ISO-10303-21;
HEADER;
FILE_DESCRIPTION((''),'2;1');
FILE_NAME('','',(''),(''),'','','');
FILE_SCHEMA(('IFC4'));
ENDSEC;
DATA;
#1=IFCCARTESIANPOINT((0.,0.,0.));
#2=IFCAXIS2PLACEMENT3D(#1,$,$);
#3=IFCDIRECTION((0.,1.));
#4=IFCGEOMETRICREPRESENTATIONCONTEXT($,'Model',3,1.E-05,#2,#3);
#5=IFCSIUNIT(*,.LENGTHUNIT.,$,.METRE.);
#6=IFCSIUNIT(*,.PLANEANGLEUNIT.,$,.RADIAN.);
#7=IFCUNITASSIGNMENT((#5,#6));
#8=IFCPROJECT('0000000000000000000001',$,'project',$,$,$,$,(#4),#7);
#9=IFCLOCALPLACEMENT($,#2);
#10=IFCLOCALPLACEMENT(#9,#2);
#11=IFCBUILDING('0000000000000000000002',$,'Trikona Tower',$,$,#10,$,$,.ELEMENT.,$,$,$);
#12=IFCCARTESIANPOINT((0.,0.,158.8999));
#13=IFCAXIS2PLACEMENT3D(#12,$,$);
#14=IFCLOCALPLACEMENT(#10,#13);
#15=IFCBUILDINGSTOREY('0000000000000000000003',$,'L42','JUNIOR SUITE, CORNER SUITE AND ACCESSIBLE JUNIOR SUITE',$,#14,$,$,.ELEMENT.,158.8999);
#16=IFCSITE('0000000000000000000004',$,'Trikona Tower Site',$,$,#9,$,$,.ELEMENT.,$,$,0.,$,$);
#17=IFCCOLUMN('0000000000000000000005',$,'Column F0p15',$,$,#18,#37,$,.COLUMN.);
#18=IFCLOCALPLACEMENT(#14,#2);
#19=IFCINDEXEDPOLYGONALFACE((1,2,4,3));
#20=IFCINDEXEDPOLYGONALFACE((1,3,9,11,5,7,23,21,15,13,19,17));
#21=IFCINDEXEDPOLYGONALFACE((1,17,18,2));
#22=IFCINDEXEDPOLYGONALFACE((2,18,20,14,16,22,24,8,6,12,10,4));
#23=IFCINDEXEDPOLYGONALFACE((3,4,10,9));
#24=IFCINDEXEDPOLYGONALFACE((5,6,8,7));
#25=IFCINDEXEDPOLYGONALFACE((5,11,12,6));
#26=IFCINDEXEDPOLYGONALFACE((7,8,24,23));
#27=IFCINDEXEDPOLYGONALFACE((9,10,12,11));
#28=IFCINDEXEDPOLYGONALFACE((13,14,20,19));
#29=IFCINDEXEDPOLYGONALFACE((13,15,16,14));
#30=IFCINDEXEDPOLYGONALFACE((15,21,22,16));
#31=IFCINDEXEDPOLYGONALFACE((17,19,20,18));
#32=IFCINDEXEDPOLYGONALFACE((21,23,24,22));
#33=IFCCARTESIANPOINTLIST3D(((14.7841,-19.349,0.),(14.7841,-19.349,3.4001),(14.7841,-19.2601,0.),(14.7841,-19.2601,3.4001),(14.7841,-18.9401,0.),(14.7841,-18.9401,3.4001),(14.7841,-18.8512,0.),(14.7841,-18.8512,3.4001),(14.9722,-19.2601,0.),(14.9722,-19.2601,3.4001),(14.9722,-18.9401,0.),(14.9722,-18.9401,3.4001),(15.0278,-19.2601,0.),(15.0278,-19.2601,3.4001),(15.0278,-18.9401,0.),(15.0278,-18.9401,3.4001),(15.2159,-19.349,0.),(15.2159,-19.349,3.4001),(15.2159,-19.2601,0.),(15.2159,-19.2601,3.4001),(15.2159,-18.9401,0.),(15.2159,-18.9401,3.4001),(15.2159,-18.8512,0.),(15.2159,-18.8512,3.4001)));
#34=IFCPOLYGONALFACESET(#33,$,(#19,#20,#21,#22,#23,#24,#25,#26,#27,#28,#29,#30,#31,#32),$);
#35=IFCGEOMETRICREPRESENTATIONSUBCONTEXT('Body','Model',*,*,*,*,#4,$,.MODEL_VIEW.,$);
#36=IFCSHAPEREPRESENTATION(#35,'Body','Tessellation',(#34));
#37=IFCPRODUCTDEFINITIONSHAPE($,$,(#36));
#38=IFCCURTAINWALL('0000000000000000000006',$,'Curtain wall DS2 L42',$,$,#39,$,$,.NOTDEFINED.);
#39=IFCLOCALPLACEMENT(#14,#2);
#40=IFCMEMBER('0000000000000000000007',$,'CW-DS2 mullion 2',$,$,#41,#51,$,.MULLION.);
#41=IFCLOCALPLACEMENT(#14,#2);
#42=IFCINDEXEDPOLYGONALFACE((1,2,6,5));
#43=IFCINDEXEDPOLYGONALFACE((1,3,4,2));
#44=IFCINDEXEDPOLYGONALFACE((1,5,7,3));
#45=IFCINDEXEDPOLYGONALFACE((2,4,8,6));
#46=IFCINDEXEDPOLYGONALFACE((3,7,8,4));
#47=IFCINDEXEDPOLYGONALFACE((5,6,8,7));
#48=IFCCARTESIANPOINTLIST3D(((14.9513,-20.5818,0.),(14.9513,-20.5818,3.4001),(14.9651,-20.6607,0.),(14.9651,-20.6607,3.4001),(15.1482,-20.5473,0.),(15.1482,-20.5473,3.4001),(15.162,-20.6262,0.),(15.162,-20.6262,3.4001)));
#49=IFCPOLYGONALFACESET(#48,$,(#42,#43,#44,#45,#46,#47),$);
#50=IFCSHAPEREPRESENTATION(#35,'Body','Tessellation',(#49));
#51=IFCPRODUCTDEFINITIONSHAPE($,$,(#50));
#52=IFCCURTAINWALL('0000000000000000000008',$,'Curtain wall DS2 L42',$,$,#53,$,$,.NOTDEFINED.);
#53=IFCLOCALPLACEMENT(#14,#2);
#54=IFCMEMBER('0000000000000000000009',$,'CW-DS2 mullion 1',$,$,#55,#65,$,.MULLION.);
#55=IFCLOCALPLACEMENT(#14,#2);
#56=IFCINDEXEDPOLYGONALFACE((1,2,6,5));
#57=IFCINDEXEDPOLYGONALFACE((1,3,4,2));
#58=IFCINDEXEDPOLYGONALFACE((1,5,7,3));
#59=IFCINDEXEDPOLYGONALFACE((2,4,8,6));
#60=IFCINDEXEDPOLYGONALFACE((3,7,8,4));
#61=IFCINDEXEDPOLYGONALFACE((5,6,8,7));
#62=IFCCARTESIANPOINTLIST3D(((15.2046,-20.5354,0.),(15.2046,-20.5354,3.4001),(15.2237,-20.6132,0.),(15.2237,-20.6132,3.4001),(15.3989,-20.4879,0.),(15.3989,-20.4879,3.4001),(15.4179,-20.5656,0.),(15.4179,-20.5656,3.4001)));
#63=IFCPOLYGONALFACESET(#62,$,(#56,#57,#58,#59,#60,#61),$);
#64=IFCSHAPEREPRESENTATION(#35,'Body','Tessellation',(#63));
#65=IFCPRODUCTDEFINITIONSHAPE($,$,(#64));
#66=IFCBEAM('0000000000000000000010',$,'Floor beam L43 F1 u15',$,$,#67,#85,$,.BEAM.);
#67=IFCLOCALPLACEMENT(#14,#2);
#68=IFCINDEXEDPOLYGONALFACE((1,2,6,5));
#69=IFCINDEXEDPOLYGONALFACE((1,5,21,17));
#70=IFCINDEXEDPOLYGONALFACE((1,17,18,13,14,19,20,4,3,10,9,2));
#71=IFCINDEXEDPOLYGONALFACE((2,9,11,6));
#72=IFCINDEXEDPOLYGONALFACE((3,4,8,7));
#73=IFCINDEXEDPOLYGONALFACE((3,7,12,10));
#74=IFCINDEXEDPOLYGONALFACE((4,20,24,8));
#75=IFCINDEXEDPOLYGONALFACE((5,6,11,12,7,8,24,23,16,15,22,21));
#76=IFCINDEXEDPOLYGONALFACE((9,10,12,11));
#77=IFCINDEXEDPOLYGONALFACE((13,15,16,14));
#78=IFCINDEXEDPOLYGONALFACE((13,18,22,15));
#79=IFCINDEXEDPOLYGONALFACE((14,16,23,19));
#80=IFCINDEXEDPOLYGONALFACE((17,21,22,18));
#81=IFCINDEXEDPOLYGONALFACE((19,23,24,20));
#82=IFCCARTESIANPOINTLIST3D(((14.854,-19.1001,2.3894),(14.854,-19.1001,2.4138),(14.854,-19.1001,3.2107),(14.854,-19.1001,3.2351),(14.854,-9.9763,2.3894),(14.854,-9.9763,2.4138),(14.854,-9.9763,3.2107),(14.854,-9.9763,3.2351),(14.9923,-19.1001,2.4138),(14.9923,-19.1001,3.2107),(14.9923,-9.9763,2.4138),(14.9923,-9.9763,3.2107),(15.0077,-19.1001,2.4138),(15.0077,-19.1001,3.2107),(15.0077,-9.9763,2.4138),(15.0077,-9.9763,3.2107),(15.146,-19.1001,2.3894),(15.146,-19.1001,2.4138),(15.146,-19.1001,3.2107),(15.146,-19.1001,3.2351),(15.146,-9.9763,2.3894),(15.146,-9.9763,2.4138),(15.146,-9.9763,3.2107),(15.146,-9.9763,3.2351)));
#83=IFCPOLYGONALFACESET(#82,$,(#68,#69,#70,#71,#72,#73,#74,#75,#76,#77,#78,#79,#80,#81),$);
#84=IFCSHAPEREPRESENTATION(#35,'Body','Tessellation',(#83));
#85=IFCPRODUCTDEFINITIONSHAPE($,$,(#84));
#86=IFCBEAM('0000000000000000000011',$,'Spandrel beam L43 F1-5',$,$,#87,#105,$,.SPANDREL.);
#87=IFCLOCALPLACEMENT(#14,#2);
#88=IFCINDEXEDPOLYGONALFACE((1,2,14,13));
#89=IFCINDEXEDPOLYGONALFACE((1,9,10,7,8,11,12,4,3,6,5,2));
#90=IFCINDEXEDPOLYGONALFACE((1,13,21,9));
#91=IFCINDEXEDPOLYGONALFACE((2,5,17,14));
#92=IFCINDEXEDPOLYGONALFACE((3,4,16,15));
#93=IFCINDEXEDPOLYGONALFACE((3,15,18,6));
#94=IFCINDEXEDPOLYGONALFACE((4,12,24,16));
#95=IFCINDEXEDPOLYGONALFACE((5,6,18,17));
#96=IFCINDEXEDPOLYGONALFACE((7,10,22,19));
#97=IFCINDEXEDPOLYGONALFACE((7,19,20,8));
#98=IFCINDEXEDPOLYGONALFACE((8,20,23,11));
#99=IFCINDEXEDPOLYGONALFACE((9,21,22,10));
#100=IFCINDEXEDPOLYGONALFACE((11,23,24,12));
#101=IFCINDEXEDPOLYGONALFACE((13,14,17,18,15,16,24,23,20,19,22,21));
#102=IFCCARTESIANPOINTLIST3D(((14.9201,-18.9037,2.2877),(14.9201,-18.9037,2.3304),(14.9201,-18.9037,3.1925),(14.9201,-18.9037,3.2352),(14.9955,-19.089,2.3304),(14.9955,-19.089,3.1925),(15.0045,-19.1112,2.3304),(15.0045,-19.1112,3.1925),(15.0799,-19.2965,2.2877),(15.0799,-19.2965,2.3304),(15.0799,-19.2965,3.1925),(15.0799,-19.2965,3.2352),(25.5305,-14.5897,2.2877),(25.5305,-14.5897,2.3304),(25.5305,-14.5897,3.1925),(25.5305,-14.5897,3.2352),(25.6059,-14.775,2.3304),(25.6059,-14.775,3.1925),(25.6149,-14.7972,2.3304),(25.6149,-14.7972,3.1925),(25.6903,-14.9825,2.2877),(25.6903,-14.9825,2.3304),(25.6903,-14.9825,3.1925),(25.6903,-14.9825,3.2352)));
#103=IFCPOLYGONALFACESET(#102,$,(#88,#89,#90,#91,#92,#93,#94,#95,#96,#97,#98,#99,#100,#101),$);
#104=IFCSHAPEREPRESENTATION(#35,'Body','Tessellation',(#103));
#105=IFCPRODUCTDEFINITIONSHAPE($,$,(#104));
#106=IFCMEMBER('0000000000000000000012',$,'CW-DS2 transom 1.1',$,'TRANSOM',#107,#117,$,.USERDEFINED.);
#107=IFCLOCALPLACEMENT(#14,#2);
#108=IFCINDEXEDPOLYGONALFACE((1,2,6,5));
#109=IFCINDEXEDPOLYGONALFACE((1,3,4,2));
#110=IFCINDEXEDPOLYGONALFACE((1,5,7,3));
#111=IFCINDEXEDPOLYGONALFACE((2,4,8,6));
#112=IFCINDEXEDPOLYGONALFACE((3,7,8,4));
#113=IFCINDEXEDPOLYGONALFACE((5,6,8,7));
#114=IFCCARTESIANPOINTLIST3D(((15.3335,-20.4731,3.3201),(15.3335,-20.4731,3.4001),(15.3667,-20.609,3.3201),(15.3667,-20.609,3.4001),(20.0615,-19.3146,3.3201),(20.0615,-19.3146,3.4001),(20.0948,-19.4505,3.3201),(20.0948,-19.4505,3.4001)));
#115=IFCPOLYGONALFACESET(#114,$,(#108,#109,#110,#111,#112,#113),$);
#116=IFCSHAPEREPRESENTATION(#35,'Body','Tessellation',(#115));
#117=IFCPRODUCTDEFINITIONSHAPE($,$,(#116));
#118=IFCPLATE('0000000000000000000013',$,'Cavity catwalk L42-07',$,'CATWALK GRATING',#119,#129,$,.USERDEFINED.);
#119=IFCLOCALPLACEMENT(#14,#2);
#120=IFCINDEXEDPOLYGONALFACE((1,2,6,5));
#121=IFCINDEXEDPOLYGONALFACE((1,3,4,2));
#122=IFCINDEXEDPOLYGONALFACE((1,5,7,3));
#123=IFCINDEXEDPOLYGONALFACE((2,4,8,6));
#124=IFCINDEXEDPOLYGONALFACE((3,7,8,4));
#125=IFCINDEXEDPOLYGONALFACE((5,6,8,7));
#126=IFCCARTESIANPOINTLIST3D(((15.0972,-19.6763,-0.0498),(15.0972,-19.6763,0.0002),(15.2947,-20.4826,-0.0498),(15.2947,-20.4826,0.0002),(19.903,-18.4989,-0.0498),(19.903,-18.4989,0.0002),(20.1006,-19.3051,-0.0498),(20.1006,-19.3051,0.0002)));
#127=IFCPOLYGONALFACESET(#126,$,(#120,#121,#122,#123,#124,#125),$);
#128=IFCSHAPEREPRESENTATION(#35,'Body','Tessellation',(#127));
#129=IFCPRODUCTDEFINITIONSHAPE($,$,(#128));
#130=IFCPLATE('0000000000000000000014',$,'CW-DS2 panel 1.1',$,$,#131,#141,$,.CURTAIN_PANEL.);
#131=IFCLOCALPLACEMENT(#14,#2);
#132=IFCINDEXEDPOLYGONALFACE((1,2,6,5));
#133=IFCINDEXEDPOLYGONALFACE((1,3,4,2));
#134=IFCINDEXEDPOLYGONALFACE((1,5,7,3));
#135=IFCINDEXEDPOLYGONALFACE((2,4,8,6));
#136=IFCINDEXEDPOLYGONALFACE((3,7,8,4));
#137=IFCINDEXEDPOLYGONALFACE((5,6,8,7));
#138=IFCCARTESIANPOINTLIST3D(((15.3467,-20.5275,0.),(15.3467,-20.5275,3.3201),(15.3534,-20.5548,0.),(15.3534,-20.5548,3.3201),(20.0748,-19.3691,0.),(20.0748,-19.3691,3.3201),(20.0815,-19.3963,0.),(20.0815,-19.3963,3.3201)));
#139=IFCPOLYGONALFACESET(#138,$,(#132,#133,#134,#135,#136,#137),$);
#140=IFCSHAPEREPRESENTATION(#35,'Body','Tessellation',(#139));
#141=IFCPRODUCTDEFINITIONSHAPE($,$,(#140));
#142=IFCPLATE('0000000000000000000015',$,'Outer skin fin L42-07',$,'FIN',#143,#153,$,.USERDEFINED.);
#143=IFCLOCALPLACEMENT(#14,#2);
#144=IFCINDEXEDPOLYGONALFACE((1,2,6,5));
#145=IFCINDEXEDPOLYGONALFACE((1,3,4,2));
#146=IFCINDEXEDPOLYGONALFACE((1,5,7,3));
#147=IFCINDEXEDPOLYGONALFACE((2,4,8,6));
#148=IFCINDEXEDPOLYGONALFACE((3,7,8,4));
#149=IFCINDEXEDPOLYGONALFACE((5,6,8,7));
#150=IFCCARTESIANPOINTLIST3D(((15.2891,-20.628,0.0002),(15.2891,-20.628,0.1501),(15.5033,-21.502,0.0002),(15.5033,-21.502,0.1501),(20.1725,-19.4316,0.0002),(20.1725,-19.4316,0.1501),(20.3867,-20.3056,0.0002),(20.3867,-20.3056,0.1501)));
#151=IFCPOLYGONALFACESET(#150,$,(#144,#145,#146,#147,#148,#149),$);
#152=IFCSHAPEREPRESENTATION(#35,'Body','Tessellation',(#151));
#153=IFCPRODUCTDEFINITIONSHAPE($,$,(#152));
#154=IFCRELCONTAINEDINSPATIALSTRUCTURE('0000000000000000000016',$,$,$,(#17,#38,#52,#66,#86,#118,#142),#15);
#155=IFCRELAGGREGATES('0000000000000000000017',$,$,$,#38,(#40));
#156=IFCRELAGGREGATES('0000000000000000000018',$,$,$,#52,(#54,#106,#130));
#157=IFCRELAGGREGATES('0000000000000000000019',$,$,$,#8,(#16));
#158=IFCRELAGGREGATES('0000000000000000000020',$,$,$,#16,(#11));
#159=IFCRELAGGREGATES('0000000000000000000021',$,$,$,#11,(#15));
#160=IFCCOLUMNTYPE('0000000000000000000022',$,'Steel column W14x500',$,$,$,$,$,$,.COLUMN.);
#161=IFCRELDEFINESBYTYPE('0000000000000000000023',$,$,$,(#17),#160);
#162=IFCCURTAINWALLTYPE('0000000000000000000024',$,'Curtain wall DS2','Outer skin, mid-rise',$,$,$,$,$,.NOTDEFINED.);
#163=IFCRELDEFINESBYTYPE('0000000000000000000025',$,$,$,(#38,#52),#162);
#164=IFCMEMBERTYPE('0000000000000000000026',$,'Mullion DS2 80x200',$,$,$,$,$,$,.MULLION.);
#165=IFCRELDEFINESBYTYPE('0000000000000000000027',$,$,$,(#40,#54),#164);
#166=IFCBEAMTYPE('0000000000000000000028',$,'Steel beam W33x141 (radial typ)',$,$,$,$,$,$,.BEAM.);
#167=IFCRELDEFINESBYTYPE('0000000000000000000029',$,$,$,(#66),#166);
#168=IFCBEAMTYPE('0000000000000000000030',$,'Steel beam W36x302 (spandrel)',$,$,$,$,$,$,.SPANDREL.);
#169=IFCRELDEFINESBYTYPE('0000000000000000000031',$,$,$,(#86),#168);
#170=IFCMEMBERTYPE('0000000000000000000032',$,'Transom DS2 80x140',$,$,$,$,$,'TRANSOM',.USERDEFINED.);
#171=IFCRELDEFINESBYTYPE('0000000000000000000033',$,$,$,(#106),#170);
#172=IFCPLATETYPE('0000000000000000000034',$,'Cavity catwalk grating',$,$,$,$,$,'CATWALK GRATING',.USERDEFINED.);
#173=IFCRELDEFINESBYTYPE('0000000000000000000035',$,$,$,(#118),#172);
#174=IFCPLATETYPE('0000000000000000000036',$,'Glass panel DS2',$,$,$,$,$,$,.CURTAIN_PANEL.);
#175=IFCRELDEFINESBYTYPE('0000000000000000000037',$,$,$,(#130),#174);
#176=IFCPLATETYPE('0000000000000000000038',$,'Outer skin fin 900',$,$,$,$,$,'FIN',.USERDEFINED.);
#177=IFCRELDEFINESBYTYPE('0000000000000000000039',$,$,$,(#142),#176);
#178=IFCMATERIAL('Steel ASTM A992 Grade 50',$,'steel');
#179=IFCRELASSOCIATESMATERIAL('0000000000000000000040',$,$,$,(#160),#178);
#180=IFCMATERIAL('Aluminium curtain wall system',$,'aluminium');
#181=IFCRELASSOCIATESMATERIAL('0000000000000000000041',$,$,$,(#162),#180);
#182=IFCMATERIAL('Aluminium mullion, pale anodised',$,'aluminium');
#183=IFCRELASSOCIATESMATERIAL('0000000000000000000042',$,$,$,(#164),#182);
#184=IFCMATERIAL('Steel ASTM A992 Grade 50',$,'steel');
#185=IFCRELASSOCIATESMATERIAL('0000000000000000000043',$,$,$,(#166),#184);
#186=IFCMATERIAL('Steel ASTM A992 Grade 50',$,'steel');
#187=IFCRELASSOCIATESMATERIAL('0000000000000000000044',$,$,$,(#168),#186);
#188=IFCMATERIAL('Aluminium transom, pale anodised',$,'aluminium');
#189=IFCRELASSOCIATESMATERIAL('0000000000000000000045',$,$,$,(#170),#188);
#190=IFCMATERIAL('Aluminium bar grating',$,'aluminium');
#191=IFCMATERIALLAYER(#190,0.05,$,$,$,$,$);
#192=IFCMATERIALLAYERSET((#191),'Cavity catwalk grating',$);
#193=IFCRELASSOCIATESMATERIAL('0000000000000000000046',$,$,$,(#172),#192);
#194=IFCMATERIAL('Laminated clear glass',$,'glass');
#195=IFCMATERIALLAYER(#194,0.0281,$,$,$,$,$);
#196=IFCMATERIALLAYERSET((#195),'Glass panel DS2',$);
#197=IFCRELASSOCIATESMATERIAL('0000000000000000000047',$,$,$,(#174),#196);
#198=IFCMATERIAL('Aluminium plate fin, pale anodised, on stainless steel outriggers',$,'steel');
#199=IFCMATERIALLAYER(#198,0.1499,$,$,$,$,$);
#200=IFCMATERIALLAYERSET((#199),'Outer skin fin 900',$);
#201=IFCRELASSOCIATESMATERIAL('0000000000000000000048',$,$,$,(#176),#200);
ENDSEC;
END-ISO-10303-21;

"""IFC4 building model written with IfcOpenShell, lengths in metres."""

from ifc_helpers import new_model, si_unit, direction, frame, origin, origin_2d, place, context, subcontext, project, spatial, rectangle, i_section, extrude, material, layer, layer_set, material_profile, profile_set, type_object, element, aggregate, save


model = new_model("IFC4")

# Units and contexts
model_context = context("Model", 3, precision=1e-05, world=origin(), true_north=direction((0.0, 1.0)))
body_context = subcontext(model_context, "Body", "Model", "MODEL_VIEW")
ifc_project = project(units=[si_unit("LENGTHUNIT", "METRE"), si_unit("PLANEANGLEUNIT", "RADIAN")], contexts=[model_context])

# Site, building, storey
site_placement = place(None, origin())
site = spatial("IfcSite", under=ifc_project, at=site_placement, Name="Trikona Tower Site", CompositionType="ELEMENT", RefElevation=0.0)
building_placement = place(site_placement, origin())
building = spatial("IfcBuilding", under=site, at=building_placement, Name="Trikona Tower", CompositionType="ELEMENT")
storey_placement = place(building_placement, frame((0.0, 0.0, 158.8999)))
storey = spatial("IfcBuildingStorey", under=building, at=storey_placement, Name="L42", Description="JUNIOR SUITE, CORNER SUITE AND ACCESSIBLE JUNIOR SUITE", CompositionType="ELEMENT", Elevation=158.8999)

# Column
ifc_material_1 = material(Name="Steel ASTM A992 Grade 50", Category="steel")
ifc_material_profile_1 = material_profile(ifc_material_1, i_section(OverallWidth=0.4319, OverallDepth=0.4978, WebThickness=0.0557, FlangeThickness=0.0889, at=origin_2d()), Name="W14X500")
ifc_profile_set_1 = profile_set([ifc_material_profile_1], Name="Steel ASTM A992 Grade 50")
column_type = type_object("IfcColumnType", Name="Steel column W14x500", PredefinedType="COLUMN", material=ifc_profile_set_1)
column_placement = place(storey_placement, frame((15.0, -19.1001, 0.0), z_axis=(0.0, 0.0, 1.0), x_axis=(1.0, 0.0, 0.0)))
element("IfcColumn", 1, at=column_placement, inside=storey, type_object=column_type, Name="Column F0p15", PredefinedType="COLUMN", context=body_context, shape_type="SweptSolid", body=[
    extrude(i_section(OverallWidth=0.4319, OverallDepth=0.4978, WebThickness=0.0557, FlangeThickness=0.0889, at=origin_2d()), origin(), (0.0, 0.0, 1.0), 3.4001),
])

# Curtain walls, members
ifc_material_2 = material(Name="Aluminium curtain wall system", Category="aluminium")
curtain_wall_type = type_object("IfcCurtainWallType", Name="Curtain wall DS2", Description="Outer skin, mid-rise", PredefinedType="NOTDEFINED", material=ifc_material_2)
curtain_wall_1_placement = place(storey_placement, origin())
curtain_wall_1 = element("IfcCurtainWall", 2, at=curtain_wall_1_placement, inside=storey, type_object=curtain_wall_type, Name="Curtain wall DS2 L42", PredefinedType="NOTDEFINED")
ifc_material_3 = material(Name="Aluminium mullion, pale anodised", Category="aluminium")
ifc_material_profile_2 = material_profile(ifc_material_3, rectangle(XDim=0.0801, YDim=0.2, at=origin_2d()), Name="MUL-DS2")
ifc_profile_set_2 = profile_set([ifc_material_profile_2], Name="Aluminium mullion, pale anodised")
member_type_1 = type_object("IfcMemberType", Name="Mullion DS2 80x200", PredefinedType="MULLION", material=ifc_profile_set_2)
member_1_placement = place(storey_placement, frame((15.0566, -20.604, 0.0), z_axis=(0.0, 0.0, 1.0), x_axis=(-0.172377, 0.985031, 0.0)))
member_1 = element("IfcMember", 3, at=member_1_placement, type_object=member_type_1, Name="CW-DS2 mullion 2", PredefinedType="MULLION", context=body_context, shape_type="SweptSolid", body=[
    extrude(rectangle(XDim=0.0801, YDim=0.2, at=origin_2d()), origin(), (0.0, 0.0, 1.0), 3.4001),
])
aggregate(curtain_wall_1, [member_1])
curtain_wall_2_placement = place(storey_placement, origin())
curtain_wall_2 = element("IfcCurtainWall", 4, at=curtain_wall_2_placement, inside=storey, type_object=curtain_wall_type, Name="Curtain wall DS2 L42", PredefinedType="NOTDEFINED")
member_2_placement = place(storey_placement, frame((15.3113, -20.5505, 0.0), z_axis=(0.0, 0.0, 1.0), x_axis=(-0.23797, 0.971272, 0.0)))
member_2 = element("IfcMember", 5, at=member_2_placement, type_object=member_type_1, Name="CW-DS2 mullion 1", PredefinedType="MULLION", context=body_context, shape_type="SweptSolid", body=[
    extrude(rectangle(XDim=0.0801, YDim=0.2, at=origin_2d()), origin(), (0.0, 0.0, 1.0), 3.4001),
])

# Beams
ifc_material_4 = material(Name="Steel ASTM A992 Grade 50", Category="steel")
ifc_material_profile_3 = material_profile(ifc_material_4, i_section(OverallWidth=0.292, OverallDepth=0.8457, WebThickness=0.0154, FlangeThickness=0.0244, at=origin_2d()), Name="W33X141")
ifc_profile_set_3 = profile_set([ifc_material_profile_3], Name="Steel ASTM A992 Grade 50")
beam_type_1 = type_object("IfcBeamType", Name="Steel beam W33x141 (radial typ)", PredefinedType="BEAM", material=ifc_profile_set_3)
beam_1_placement = place(storey_placement, frame((15.0, -9.9763, 2.8123), z_axis=(0.0, -1.0, 0.0), x_axis=(1.0, 0.0, 0.0)))
element("IfcBeam", 6, at=beam_1_placement, inside=storey, type_object=beam_type_1, Name="Floor beam L43 F1 u15", PredefinedType="BEAM", context=body_context, shape_type="SweptSolid", body=[
    extrude(i_section(OverallWidth=0.292, OverallDepth=0.8457, WebThickness=0.0154, FlangeThickness=0.0244, at=origin_2d()), origin(), (0.0, 0.0, 1.0), 9.1238),
])
ifc_material_5 = material(Name="Steel ASTM A992 Grade 50", Category="steel")
ifc_material_profile_4 = material_profile(ifc_material_5, i_section(OverallWidth=0.4241, OverallDepth=0.9475, WebThickness=0.0239, FlangeThickness=0.0427, at=origin_2d()), Name="W36X302")
ifc_profile_set_4 = profile_set([ifc_material_profile_4], Name="Steel ASTM A992 Grade 50")
beam_type_2 = type_object("IfcBeamType", Name="Steel beam W36x302 (spandrel)", PredefinedType="SPANDREL", material=ifc_profile_set_4)
beam_2_placement = place(storey_placement, frame((15.0, -19.1001, 2.7615), z_axis=(0.92636, 0.37664, 0.0), x_axis=(-0.37664, 0.92636, 0.0)))
element("IfcBeam", 7, at=beam_2_placement, inside=storey, type_object=beam_type_2, Name="Spandrel beam L43 F1-5", PredefinedType="SPANDREL", context=body_context, shape_type="SweptSolid", body=[
    extrude(i_section(OverallWidth=0.4241, OverallDepth=0.9475, WebThickness=0.0239, FlangeThickness=0.0427, at=origin_2d()), origin(), (0.0, 0.0, 1.0), 11.4539),
])

# Member
ifc_material_6 = material(Name="Aluminium transom, pale anodised", Category="aluminium")
ifc_material_profile_5 = material_profile(ifc_material_6, rectangle(XDim=0.1399, YDim=0.0801, at=origin_2d()), Name="TRN-DS2")
ifc_profile_set_5 = profile_set([ifc_material_profile_5], Name="Aluminium transom, pale anodised")
member_type_2 = type_object("IfcMemberType", Name="Transom DS2 80x140", ElementType="TRANSOM", PredefinedType="USERDEFINED", material=ifc_profile_set_5)
member_3_placement = place(storey_placement, frame((15.3501, -20.541, 3.3601), z_axis=(0.971271, 0.237978, 0.0), x_axis=(-0.237978, 0.971271, 0.0)))
member_3 = element("IfcMember", 8, at=member_3_placement, type_object=member_type_2, Name="CW-DS2 transom 1.1", ObjectType="TRANSOM", PredefinedType="USERDEFINED", context=body_context, shape_type="SweptSolid", body=[
    extrude(rectangle(XDim=0.1399, YDim=0.0801, at=origin_2d()), origin(), (0.0, 0.0, 1.0), 4.8679),
])

# Plates
ifc_material_7 = material(Name="Aluminium bar grating", Category="aluminium")
ifc_layer_1 = layer(ifc_material_7, 0.05)
ifc_layer_set_1 = layer_set([ifc_layer_1], Name="Cavity catwalk grating")
plate_type_1 = type_object("IfcPlateType", Name="Cavity catwalk grating", ElementType="CATWALK GRATING", PredefinedType="USERDEFINED", material=ifc_layer_set_1)
plate_1_placement = place(storey_placement, frame((17.5989, -19.4907, -0.0498), z_axis=(0.0, 0.0, 1.0), x_axis=(0.971274, 0.237962, 0.0)))
element("IfcPlate", 9, at=plate_1_placement, inside=storey, type_object=plate_type_1, Name="Cavity catwalk L42-07", ObjectType="CATWALK GRATING", PredefinedType="USERDEFINED", context=body_context, shape_type="SweptSolid", body=[
    extrude(rectangle(XDim=4.948, YDim=0.8301, at=origin_2d()), origin(), (0.0, 0.0, 1.0), 0.05),
])
ifc_material_8 = material(Name="Laminated clear glass", Category="glass")
ifc_layer_2 = layer(ifc_material_8, 0.0281)
ifc_layer_set_2 = layer_set([ifc_layer_2], Name="Glass panel DS2")
plate_type_2 = type_object("IfcPlateType", Name="Glass panel DS2", PredefinedType="CURTAIN_PANEL", material=ifc_layer_set_2)
plate_2_placement = place(storey_placement, frame((17.7141, -19.9619, 0.0), z_axis=(0.0, 0.0, 1.0), x_axis=(0.971272, 0.23797, 0.0)))
plate_2 = element("IfcPlate", 10, at=plate_2_placement, type_object=plate_type_2, Name="CW-DS2 panel 1.1", PredefinedType="CURTAIN_PANEL", context=body_context, shape_type="SweptSolid", body=[
    extrude(rectangle(XDim=4.8679, YDim=0.0281, at=origin_2d()), origin(), (0.0, 0.0, 1.0), 3.3201),
])
aggregate(curtain_wall_2, [member_2, member_3, plate_2])
ifc_material_9 = material(Name="Aluminium plate fin, pale anodised, on stainless steel outriggers", Category="steel")
ifc_layer_3 = layer(ifc_material_9, 0.1499)
ifc_layer_set_3 = layer_set([ifc_layer_3], Name="Outer skin fin 900")
plate_type_3 = type_object("IfcPlateType", Name="Outer skin fin 900", ElementType="FIN", PredefinedType="USERDEFINED", material=ifc_layer_set_3)
plate_3_placement = place(storey_placement, frame((17.8379, -20.4668, 0.0002), z_axis=(0.0, 0.0, 1.0), x_axis=(0.971274, 0.237962, 0.0)))
element("IfcPlate", 11, at=plate_3_placement, inside=storey, type_object=plate_type_3, Name="Outer skin fin L42-07", ObjectType="FIN", PredefinedType="USERDEFINED", context=body_context, shape_type="SweptSolid", body=[
    extrude(rectangle(XDim=5.0278, YDim=0.8999, at=origin_2d()), origin(), (0.0, 0.0, 1.0), 0.1499),
])

save(model, "model.ifc")
